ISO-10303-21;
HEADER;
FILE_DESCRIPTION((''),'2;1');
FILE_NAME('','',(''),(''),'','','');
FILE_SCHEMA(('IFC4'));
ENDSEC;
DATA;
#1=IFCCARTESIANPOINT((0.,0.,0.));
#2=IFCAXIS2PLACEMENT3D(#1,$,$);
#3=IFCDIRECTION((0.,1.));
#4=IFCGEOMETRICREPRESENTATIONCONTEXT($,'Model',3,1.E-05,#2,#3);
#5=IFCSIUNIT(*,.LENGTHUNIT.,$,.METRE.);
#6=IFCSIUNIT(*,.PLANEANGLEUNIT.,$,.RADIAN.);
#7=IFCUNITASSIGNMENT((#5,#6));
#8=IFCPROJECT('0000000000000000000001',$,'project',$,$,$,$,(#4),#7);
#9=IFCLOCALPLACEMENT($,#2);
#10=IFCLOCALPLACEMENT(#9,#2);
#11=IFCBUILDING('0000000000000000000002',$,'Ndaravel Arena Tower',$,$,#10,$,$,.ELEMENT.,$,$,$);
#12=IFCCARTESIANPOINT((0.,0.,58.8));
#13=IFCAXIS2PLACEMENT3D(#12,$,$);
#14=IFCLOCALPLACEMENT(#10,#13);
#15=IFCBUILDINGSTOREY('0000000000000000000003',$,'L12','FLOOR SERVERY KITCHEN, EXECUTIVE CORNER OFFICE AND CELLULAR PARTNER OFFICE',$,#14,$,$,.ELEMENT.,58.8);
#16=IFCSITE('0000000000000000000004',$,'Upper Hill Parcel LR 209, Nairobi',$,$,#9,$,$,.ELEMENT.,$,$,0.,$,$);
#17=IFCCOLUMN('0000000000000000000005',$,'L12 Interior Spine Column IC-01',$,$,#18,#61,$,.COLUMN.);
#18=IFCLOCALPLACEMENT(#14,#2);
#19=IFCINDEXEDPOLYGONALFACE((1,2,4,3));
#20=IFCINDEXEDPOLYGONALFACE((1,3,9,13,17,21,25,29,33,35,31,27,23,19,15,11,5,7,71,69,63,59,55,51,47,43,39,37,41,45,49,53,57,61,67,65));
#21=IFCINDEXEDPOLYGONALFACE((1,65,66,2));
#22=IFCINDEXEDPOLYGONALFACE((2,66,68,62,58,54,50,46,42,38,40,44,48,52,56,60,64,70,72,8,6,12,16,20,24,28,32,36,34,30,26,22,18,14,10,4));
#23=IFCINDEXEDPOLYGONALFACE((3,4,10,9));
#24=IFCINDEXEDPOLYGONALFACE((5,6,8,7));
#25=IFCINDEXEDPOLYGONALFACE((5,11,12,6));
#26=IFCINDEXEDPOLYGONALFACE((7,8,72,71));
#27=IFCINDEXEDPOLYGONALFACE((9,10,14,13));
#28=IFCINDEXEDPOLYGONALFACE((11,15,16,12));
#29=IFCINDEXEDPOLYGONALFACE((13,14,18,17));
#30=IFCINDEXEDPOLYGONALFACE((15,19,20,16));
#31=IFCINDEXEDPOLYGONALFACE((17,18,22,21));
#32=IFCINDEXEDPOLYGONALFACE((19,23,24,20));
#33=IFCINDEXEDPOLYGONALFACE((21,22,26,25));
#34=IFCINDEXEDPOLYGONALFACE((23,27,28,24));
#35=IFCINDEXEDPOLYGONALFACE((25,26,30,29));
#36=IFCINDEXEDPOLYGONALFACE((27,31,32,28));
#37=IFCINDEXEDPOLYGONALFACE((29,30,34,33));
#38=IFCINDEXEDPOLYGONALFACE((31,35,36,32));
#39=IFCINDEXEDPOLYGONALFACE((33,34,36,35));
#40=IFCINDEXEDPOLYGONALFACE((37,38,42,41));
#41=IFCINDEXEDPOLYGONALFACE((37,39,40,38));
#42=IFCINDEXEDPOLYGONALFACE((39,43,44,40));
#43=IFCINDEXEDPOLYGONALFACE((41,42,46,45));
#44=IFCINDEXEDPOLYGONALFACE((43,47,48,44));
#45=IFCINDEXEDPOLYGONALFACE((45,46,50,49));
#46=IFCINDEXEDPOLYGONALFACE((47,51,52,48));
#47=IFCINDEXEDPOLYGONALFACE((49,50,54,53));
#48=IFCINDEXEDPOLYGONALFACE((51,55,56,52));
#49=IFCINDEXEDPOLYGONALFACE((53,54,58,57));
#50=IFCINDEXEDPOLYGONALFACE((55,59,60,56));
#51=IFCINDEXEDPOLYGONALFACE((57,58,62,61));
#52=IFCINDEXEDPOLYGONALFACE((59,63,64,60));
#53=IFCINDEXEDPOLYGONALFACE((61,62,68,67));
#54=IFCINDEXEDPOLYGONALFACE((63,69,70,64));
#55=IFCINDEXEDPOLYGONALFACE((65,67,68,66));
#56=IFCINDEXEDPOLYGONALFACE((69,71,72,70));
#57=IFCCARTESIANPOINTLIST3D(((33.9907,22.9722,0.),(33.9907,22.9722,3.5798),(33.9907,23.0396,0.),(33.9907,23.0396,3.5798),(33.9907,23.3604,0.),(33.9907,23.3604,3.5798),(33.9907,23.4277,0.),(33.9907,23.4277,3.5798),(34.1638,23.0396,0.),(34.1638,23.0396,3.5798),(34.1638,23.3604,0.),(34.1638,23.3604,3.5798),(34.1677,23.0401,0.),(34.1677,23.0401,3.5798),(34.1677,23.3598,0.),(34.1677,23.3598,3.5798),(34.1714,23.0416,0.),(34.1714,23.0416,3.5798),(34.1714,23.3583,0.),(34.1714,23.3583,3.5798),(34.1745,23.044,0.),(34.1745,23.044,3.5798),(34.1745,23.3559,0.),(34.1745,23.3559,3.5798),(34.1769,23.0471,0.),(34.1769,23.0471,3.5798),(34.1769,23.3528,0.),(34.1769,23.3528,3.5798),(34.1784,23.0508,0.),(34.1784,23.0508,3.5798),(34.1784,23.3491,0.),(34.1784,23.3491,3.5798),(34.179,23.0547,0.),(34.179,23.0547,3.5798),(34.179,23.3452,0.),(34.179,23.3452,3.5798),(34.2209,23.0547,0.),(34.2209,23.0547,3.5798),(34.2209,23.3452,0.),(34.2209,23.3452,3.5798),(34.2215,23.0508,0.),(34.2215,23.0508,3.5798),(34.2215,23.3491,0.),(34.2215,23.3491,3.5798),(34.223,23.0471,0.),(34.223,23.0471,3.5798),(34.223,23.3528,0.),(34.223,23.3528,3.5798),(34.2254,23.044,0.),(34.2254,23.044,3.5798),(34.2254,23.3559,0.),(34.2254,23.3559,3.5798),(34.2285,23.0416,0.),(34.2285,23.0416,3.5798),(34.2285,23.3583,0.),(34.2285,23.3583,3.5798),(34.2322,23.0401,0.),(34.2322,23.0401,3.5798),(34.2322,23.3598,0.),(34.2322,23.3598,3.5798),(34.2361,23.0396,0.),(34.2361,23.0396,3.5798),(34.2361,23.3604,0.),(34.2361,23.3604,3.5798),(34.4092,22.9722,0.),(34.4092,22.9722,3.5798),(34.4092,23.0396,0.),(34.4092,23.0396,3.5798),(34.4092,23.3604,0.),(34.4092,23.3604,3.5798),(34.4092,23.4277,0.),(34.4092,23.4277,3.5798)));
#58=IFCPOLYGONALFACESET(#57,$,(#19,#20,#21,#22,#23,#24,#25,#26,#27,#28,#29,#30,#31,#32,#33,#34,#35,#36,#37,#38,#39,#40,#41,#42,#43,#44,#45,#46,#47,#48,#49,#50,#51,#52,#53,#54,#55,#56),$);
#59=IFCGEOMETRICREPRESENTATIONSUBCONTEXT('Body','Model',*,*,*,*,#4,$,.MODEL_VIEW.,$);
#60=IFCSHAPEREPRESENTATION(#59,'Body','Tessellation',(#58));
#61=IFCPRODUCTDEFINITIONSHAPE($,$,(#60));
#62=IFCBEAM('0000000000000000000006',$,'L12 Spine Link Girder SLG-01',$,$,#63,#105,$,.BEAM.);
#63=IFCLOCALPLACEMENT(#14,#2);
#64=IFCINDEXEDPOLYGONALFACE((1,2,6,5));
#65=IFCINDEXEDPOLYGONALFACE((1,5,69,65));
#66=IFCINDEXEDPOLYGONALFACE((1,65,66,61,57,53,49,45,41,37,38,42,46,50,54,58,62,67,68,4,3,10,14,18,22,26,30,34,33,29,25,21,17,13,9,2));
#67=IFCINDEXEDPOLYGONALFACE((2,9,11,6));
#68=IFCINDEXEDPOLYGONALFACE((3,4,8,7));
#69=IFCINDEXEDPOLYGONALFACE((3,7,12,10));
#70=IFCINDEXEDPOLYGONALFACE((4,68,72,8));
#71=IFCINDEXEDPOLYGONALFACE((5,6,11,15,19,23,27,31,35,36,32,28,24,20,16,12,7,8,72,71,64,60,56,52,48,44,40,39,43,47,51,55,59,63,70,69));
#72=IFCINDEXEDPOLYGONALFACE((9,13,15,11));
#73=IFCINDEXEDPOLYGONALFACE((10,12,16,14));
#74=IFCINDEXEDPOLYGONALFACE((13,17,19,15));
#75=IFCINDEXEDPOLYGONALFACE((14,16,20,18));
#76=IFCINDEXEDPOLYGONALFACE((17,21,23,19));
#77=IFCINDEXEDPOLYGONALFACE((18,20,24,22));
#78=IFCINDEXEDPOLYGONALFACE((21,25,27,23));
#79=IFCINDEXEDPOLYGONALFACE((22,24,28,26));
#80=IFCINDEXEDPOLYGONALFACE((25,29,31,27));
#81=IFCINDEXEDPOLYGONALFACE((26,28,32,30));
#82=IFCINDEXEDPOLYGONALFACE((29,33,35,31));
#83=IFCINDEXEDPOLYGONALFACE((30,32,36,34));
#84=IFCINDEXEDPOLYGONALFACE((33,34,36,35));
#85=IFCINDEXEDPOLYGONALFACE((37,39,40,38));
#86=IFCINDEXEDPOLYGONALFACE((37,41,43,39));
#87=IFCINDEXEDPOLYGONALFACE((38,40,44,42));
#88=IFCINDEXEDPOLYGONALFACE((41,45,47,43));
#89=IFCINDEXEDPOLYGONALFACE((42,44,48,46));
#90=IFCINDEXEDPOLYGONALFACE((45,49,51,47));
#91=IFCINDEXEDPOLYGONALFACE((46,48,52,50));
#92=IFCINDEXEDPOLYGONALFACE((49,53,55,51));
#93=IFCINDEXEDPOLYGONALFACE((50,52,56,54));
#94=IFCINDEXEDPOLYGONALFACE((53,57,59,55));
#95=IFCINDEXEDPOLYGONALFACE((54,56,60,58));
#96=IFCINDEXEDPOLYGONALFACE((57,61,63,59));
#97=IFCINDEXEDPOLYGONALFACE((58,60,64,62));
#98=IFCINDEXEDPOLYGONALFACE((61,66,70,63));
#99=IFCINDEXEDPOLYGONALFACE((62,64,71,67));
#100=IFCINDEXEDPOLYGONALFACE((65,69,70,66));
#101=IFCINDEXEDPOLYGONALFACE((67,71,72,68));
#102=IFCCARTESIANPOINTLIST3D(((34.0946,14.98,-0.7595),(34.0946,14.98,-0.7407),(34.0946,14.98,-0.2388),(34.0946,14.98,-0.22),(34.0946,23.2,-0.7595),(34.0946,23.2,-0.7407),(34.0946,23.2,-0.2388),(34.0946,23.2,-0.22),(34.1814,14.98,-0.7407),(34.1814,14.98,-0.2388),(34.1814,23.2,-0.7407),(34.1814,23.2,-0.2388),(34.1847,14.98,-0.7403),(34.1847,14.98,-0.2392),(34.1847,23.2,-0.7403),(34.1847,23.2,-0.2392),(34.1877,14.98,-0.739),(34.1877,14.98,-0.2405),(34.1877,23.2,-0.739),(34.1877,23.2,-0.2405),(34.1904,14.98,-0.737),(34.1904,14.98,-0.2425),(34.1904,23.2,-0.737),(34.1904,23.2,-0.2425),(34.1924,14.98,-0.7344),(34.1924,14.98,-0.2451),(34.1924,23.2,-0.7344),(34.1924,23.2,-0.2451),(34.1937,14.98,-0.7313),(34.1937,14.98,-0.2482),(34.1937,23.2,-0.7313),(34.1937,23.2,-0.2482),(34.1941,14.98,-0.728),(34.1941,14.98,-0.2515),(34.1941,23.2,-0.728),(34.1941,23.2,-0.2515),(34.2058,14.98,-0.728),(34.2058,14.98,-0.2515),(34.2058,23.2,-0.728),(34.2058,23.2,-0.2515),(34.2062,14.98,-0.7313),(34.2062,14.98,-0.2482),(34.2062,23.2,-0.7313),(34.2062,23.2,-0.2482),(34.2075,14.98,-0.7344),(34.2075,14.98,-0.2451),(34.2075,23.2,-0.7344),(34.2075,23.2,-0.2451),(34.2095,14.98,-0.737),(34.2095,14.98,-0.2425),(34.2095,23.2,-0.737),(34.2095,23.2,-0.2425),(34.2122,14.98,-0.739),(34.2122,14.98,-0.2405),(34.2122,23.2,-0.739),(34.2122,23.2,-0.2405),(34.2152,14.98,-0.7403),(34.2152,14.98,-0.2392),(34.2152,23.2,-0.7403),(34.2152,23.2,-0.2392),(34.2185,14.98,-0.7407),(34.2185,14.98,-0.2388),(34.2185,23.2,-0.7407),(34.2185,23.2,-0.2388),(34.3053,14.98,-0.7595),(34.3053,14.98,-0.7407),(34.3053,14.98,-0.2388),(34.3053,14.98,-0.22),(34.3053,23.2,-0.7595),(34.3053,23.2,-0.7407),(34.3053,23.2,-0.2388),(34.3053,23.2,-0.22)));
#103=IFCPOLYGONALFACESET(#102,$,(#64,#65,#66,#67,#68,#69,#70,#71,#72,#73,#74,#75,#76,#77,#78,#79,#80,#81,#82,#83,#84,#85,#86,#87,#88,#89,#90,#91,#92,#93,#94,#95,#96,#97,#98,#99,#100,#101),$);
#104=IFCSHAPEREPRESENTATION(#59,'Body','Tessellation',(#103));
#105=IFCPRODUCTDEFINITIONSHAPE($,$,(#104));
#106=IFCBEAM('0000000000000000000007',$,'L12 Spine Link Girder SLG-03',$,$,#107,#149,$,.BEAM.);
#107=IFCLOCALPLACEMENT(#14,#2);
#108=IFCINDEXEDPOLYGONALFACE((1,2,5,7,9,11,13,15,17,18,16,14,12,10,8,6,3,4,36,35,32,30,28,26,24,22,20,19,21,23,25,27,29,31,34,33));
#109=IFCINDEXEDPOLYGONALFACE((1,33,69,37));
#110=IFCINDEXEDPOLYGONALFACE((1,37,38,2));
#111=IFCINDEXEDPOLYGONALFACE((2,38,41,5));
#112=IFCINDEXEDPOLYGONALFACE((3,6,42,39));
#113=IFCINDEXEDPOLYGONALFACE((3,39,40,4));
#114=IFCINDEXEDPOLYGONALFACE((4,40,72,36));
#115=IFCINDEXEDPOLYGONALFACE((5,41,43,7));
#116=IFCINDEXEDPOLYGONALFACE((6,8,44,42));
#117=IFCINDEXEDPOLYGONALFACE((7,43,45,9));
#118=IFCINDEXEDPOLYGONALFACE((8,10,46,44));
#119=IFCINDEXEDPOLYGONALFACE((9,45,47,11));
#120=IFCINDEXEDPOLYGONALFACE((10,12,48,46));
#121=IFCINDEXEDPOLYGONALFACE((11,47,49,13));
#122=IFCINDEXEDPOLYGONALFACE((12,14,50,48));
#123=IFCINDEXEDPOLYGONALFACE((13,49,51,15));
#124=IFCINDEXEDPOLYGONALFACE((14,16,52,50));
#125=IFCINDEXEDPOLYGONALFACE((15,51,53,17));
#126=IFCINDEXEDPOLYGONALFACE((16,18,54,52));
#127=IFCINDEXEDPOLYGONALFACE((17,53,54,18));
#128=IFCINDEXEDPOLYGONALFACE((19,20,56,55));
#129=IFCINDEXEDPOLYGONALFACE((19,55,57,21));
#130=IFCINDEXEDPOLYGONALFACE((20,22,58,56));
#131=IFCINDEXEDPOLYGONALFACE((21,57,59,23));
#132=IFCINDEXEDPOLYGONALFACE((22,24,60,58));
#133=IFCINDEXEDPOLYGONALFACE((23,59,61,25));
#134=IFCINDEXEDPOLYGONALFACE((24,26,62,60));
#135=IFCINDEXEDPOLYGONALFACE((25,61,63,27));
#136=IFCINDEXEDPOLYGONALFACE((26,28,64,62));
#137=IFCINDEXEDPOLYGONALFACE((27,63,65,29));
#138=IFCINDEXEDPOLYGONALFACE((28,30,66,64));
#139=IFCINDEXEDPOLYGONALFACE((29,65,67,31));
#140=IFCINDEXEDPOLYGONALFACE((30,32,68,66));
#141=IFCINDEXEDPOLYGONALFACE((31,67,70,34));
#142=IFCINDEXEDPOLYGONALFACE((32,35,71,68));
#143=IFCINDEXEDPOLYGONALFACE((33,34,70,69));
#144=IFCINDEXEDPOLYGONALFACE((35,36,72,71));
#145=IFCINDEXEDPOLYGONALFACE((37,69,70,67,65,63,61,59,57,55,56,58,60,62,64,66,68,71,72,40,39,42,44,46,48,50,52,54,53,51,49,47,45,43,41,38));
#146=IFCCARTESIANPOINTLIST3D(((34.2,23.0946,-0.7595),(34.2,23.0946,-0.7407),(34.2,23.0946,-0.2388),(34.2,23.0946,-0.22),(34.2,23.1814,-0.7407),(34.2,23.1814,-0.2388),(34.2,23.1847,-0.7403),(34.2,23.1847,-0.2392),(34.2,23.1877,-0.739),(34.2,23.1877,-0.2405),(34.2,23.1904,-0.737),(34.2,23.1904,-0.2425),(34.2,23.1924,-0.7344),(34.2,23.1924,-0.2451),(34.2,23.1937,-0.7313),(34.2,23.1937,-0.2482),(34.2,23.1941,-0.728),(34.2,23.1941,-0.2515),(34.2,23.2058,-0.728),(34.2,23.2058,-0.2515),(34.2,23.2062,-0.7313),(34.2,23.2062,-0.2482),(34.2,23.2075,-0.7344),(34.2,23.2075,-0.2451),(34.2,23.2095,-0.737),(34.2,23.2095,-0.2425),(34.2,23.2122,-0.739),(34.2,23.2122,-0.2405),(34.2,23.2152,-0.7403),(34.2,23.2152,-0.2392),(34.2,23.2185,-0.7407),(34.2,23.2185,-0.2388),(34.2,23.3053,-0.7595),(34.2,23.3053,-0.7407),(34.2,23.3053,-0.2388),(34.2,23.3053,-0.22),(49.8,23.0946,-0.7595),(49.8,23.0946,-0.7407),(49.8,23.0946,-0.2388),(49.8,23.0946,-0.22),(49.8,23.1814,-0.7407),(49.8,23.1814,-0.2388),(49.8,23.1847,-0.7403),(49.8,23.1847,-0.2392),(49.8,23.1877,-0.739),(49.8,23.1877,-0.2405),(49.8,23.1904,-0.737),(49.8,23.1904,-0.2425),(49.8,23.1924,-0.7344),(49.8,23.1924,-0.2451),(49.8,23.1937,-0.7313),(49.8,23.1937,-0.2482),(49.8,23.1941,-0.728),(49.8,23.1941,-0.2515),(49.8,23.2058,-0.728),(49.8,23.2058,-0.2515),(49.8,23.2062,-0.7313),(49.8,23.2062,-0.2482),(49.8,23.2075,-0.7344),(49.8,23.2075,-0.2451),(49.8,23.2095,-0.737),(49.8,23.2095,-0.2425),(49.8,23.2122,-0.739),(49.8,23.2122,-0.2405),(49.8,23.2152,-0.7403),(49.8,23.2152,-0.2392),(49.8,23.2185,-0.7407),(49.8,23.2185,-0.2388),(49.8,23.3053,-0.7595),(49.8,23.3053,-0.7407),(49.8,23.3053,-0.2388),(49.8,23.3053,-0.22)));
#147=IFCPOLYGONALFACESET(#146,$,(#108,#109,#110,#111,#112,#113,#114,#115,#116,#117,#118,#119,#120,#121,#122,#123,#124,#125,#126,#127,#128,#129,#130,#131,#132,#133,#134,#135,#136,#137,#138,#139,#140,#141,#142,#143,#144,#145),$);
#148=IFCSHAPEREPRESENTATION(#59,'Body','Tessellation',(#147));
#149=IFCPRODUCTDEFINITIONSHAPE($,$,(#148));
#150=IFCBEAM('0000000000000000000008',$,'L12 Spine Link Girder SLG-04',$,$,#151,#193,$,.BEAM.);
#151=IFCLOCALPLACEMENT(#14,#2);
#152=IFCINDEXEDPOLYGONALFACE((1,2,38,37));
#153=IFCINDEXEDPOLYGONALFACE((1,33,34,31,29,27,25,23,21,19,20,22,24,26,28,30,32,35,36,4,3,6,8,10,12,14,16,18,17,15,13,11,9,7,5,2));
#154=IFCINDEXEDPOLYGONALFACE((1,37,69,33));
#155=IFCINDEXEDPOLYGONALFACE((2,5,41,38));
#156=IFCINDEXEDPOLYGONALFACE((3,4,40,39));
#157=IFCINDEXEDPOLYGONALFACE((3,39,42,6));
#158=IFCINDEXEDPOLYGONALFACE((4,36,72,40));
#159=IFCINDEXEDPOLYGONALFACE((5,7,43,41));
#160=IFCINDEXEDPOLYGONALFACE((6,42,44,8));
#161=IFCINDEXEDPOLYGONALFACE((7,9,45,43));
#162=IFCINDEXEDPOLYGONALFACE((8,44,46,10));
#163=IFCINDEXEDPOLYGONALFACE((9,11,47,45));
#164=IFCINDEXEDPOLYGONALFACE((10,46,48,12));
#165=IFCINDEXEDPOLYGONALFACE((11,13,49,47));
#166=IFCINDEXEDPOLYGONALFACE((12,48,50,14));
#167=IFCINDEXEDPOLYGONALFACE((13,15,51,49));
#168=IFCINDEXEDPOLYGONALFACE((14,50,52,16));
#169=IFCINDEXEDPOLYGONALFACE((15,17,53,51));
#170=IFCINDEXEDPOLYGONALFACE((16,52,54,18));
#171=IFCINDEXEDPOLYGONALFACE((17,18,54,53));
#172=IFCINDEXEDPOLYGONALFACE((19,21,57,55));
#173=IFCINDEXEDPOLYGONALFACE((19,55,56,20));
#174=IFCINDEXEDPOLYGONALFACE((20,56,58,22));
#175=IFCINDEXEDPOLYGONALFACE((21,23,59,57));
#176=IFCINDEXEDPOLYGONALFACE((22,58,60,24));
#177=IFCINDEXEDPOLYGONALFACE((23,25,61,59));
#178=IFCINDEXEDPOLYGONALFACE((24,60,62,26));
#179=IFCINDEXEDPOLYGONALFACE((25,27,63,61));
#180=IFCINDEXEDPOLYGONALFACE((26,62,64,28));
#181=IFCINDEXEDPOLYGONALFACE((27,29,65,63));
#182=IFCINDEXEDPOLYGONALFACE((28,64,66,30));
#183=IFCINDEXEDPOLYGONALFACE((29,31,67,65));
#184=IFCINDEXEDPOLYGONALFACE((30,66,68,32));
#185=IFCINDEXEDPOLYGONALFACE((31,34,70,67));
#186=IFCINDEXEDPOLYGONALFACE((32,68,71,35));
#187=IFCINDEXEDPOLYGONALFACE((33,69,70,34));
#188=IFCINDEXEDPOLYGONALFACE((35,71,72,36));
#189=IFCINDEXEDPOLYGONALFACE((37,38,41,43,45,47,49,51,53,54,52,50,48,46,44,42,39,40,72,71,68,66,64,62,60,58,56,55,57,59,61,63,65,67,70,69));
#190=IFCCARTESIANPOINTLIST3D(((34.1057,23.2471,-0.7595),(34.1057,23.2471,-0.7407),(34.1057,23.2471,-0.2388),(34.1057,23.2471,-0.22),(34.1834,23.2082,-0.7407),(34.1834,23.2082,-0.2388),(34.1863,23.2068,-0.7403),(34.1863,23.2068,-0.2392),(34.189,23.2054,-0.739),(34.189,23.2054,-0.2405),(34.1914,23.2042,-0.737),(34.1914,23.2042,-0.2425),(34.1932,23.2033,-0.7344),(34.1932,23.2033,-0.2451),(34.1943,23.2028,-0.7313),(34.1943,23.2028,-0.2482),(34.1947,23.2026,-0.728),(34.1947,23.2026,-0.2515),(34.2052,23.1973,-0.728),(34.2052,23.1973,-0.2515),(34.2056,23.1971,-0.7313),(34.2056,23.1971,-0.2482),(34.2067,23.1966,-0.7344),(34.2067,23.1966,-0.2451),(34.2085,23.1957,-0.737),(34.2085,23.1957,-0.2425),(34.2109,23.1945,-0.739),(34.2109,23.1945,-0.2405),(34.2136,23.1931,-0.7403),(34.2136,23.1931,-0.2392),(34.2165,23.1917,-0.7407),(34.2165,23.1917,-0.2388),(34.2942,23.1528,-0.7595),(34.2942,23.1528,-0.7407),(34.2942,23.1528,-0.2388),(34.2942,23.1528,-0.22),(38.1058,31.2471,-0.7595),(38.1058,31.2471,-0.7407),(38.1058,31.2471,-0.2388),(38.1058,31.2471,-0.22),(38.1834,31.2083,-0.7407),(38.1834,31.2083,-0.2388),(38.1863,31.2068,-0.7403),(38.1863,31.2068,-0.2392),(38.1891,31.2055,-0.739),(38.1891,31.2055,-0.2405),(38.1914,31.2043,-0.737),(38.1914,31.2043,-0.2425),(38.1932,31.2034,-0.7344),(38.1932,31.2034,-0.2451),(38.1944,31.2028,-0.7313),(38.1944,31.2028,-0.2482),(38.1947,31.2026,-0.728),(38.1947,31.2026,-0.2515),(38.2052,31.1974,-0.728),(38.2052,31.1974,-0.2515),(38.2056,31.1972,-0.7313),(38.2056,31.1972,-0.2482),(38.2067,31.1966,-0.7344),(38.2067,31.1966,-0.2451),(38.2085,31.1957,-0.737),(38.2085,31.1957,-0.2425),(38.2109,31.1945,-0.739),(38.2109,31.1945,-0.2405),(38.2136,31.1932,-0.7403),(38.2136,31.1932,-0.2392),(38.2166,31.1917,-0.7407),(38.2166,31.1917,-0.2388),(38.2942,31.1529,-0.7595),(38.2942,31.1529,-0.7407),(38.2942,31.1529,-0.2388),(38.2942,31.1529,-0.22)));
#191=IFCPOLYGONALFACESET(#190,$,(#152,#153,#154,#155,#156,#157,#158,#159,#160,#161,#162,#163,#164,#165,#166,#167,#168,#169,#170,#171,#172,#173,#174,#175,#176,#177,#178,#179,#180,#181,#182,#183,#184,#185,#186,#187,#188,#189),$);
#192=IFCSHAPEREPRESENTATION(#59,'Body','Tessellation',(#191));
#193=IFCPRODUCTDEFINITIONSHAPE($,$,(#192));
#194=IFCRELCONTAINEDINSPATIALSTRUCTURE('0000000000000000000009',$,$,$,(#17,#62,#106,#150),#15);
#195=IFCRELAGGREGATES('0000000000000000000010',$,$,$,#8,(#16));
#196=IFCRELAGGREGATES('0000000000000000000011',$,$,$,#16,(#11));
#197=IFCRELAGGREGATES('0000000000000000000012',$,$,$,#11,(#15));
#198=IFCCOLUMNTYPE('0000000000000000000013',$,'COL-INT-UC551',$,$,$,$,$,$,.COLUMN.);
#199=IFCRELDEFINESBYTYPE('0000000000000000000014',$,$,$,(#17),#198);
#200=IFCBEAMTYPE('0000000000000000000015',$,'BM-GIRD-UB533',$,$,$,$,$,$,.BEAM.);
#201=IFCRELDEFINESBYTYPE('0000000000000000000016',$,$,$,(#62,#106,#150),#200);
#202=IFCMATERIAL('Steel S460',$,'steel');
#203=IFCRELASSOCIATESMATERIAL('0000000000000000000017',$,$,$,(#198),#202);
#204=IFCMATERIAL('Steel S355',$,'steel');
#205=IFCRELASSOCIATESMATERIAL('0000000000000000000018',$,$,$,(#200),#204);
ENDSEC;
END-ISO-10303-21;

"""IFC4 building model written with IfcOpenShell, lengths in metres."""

from ifc_helpers import new_model, si_unit, direction, frame, origin, origin_2d, place, context, subcontext, project, spatial, i_section, extrude, material, material_profile, profile_set, type_object, element, save


model = new_model("IFC4")

# Units and contexts
model_context = context("Model", 3, precision=1e-05, world=origin(), true_north=direction((0.0, 1.0)))
body_context = subcontext(model_context, "Body", "Model", "MODEL_VIEW")
ifc_project = project(units=[si_unit("LENGTHUNIT", "METRE"), si_unit("PLANEANGLEUNIT", "RADIAN")], contexts=[model_context])

# Site, building, storey
site_placement = place(None, origin())
site = spatial("IfcSite", under=ifc_project, at=site_placement, Name="Upper Hill Parcel LR 209, Nairobi", CompositionType="ELEMENT", RefElevation=0.0)
building_placement = place(site_placement, origin())
building = spatial("IfcBuilding", under=site, at=building_placement, Name="Ndaravel Arena Tower", CompositionType="ELEMENT")
storey_placement = place(building_placement, frame((0.0, 0.0, 58.8)))
storey = spatial("IfcBuildingStorey", under=building, at=storey_placement, Name="L12", Description="FLOOR SERVERY KITCHEN, EXECUTIVE CORNER OFFICE AND CELLULAR PARTNER OFFICE", CompositionType="ELEMENT", Elevation=58.8)

# Column
ifc_material_1 = material(Name="Steel S460", Category="steel")
ifc_material_profile_1 = material_profile(ifc_material_1, i_section(OverallWidth=0.4185, OverallDepth=0.4556, WebThickness=0.042, FlangeThickness=0.0674, FilletRadius=0.0151, at=origin_2d()), Name="UC 356x406x551")
ifc_profile_set_1 = profile_set([ifc_material_profile_1], Name="Steel S460")
column_type = type_object("IfcColumnType", Name="COL-INT-UC551", PredefinedType="COLUMN", material=ifc_profile_set_1)
column_placement = place(storey_placement, frame((34.2, 23.2, 0.0), z_axis=(0.0, 0.0, 1.0), x_axis=(1.0, 0.0, 0.0)))
element("IfcColumn", 1, at=column_placement, inside=storey, type_object=column_type, Name="L12 Interior Spine Column IC-01", PredefinedType="COLUMN", context=body_context, shape_type="SweptSolid", body=[
    extrude(i_section(OverallWidth=0.4185, OverallDepth=0.4556, WebThickness=0.042, FlangeThickness=0.0674, FilletRadius=0.0151, at=origin_2d()), origin(), (0.0, 0.0, 1.0), 3.5798),
])

# Beams
ifc_material_2 = material(Name="Steel S355", Category="steel")
ifc_material_profile_2 = material_profile(ifc_material_2, i_section(OverallWidth=0.2107, OverallDepth=0.5396, WebThickness=0.0117, FlangeThickness=0.0188, FilletRadius=0.0127, at=origin_2d()), Name="UB 533x210x109")
ifc_profile_set_2 = profile_set([ifc_material_profile_2], Name="Steel S355")
beam_type_1 = type_object("IfcBeamType", Name="BM-GIRD-UB533", PredefinedType="BEAM", material=ifc_profile_set_2)
beam_1_placement = place(storey_placement, frame((34.2, 14.98, -0.4897), z_axis=(0.0, 1.0, 0.0), x_axis=(-1.0, 0.0, 0.0)))
element("IfcBeam", 2, at=beam_1_placement, inside=storey, type_object=beam_type_1, Name="L12 Spine Link Girder SLG-01", PredefinedType="BEAM", context=body_context, shape_type="SweptSolid", body=[
    extrude(i_section(OverallWidth=0.2107, OverallDepth=0.5396, WebThickness=0.0117, FlangeThickness=0.0188, FilletRadius=0.0127, at=origin_2d()), origin(), (0.0, 0.0, 1.0), 8.22),
])
beam_2_placement = place(storey_placement, frame((34.2, 23.2, -0.4897), z_axis=(1.0, 0.0, 0.0), x_axis=(0.0, 1.0, 0.0)))
element("IfcBeam", 3, at=beam_2_placement, inside=storey, type_object=beam_type_1, Name="L12 Spine Link Girder SLG-03", PredefinedType="BEAM", context=body_context, shape_type="SweptSolid", body=[
    extrude(i_section(OverallWidth=0.2107, OverallDepth=0.5396, WebThickness=0.0117, FlangeThickness=0.0188, FilletRadius=0.0127, at=origin_2d()), origin(), (0.0, 0.0, 1.0), 15.6001),
])
beam_3_placement = place(storey_placement, frame((34.2, 23.2, -0.4897), z_axis=(0.447214, 0.894427, 0.0), x_axis=(-0.894427, 0.447214, 0.0)))
element("IfcBeam", 4, at=beam_3_placement, inside=storey, type_object=beam_type_1, Name="L12 Spine Link Girder SLG-04", PredefinedType="BEAM", context=body_context, shape_type="SweptSolid", body=[
    extrude(i_section(OverallWidth=0.2107, OverallDepth=0.5396, WebThickness=0.0117, FlangeThickness=0.0188, FilletRadius=0.0127, at=origin_2d()), origin(), (0.0, 0.0, 1.0), 8.9443),
])

save(model, "model.ifc")
